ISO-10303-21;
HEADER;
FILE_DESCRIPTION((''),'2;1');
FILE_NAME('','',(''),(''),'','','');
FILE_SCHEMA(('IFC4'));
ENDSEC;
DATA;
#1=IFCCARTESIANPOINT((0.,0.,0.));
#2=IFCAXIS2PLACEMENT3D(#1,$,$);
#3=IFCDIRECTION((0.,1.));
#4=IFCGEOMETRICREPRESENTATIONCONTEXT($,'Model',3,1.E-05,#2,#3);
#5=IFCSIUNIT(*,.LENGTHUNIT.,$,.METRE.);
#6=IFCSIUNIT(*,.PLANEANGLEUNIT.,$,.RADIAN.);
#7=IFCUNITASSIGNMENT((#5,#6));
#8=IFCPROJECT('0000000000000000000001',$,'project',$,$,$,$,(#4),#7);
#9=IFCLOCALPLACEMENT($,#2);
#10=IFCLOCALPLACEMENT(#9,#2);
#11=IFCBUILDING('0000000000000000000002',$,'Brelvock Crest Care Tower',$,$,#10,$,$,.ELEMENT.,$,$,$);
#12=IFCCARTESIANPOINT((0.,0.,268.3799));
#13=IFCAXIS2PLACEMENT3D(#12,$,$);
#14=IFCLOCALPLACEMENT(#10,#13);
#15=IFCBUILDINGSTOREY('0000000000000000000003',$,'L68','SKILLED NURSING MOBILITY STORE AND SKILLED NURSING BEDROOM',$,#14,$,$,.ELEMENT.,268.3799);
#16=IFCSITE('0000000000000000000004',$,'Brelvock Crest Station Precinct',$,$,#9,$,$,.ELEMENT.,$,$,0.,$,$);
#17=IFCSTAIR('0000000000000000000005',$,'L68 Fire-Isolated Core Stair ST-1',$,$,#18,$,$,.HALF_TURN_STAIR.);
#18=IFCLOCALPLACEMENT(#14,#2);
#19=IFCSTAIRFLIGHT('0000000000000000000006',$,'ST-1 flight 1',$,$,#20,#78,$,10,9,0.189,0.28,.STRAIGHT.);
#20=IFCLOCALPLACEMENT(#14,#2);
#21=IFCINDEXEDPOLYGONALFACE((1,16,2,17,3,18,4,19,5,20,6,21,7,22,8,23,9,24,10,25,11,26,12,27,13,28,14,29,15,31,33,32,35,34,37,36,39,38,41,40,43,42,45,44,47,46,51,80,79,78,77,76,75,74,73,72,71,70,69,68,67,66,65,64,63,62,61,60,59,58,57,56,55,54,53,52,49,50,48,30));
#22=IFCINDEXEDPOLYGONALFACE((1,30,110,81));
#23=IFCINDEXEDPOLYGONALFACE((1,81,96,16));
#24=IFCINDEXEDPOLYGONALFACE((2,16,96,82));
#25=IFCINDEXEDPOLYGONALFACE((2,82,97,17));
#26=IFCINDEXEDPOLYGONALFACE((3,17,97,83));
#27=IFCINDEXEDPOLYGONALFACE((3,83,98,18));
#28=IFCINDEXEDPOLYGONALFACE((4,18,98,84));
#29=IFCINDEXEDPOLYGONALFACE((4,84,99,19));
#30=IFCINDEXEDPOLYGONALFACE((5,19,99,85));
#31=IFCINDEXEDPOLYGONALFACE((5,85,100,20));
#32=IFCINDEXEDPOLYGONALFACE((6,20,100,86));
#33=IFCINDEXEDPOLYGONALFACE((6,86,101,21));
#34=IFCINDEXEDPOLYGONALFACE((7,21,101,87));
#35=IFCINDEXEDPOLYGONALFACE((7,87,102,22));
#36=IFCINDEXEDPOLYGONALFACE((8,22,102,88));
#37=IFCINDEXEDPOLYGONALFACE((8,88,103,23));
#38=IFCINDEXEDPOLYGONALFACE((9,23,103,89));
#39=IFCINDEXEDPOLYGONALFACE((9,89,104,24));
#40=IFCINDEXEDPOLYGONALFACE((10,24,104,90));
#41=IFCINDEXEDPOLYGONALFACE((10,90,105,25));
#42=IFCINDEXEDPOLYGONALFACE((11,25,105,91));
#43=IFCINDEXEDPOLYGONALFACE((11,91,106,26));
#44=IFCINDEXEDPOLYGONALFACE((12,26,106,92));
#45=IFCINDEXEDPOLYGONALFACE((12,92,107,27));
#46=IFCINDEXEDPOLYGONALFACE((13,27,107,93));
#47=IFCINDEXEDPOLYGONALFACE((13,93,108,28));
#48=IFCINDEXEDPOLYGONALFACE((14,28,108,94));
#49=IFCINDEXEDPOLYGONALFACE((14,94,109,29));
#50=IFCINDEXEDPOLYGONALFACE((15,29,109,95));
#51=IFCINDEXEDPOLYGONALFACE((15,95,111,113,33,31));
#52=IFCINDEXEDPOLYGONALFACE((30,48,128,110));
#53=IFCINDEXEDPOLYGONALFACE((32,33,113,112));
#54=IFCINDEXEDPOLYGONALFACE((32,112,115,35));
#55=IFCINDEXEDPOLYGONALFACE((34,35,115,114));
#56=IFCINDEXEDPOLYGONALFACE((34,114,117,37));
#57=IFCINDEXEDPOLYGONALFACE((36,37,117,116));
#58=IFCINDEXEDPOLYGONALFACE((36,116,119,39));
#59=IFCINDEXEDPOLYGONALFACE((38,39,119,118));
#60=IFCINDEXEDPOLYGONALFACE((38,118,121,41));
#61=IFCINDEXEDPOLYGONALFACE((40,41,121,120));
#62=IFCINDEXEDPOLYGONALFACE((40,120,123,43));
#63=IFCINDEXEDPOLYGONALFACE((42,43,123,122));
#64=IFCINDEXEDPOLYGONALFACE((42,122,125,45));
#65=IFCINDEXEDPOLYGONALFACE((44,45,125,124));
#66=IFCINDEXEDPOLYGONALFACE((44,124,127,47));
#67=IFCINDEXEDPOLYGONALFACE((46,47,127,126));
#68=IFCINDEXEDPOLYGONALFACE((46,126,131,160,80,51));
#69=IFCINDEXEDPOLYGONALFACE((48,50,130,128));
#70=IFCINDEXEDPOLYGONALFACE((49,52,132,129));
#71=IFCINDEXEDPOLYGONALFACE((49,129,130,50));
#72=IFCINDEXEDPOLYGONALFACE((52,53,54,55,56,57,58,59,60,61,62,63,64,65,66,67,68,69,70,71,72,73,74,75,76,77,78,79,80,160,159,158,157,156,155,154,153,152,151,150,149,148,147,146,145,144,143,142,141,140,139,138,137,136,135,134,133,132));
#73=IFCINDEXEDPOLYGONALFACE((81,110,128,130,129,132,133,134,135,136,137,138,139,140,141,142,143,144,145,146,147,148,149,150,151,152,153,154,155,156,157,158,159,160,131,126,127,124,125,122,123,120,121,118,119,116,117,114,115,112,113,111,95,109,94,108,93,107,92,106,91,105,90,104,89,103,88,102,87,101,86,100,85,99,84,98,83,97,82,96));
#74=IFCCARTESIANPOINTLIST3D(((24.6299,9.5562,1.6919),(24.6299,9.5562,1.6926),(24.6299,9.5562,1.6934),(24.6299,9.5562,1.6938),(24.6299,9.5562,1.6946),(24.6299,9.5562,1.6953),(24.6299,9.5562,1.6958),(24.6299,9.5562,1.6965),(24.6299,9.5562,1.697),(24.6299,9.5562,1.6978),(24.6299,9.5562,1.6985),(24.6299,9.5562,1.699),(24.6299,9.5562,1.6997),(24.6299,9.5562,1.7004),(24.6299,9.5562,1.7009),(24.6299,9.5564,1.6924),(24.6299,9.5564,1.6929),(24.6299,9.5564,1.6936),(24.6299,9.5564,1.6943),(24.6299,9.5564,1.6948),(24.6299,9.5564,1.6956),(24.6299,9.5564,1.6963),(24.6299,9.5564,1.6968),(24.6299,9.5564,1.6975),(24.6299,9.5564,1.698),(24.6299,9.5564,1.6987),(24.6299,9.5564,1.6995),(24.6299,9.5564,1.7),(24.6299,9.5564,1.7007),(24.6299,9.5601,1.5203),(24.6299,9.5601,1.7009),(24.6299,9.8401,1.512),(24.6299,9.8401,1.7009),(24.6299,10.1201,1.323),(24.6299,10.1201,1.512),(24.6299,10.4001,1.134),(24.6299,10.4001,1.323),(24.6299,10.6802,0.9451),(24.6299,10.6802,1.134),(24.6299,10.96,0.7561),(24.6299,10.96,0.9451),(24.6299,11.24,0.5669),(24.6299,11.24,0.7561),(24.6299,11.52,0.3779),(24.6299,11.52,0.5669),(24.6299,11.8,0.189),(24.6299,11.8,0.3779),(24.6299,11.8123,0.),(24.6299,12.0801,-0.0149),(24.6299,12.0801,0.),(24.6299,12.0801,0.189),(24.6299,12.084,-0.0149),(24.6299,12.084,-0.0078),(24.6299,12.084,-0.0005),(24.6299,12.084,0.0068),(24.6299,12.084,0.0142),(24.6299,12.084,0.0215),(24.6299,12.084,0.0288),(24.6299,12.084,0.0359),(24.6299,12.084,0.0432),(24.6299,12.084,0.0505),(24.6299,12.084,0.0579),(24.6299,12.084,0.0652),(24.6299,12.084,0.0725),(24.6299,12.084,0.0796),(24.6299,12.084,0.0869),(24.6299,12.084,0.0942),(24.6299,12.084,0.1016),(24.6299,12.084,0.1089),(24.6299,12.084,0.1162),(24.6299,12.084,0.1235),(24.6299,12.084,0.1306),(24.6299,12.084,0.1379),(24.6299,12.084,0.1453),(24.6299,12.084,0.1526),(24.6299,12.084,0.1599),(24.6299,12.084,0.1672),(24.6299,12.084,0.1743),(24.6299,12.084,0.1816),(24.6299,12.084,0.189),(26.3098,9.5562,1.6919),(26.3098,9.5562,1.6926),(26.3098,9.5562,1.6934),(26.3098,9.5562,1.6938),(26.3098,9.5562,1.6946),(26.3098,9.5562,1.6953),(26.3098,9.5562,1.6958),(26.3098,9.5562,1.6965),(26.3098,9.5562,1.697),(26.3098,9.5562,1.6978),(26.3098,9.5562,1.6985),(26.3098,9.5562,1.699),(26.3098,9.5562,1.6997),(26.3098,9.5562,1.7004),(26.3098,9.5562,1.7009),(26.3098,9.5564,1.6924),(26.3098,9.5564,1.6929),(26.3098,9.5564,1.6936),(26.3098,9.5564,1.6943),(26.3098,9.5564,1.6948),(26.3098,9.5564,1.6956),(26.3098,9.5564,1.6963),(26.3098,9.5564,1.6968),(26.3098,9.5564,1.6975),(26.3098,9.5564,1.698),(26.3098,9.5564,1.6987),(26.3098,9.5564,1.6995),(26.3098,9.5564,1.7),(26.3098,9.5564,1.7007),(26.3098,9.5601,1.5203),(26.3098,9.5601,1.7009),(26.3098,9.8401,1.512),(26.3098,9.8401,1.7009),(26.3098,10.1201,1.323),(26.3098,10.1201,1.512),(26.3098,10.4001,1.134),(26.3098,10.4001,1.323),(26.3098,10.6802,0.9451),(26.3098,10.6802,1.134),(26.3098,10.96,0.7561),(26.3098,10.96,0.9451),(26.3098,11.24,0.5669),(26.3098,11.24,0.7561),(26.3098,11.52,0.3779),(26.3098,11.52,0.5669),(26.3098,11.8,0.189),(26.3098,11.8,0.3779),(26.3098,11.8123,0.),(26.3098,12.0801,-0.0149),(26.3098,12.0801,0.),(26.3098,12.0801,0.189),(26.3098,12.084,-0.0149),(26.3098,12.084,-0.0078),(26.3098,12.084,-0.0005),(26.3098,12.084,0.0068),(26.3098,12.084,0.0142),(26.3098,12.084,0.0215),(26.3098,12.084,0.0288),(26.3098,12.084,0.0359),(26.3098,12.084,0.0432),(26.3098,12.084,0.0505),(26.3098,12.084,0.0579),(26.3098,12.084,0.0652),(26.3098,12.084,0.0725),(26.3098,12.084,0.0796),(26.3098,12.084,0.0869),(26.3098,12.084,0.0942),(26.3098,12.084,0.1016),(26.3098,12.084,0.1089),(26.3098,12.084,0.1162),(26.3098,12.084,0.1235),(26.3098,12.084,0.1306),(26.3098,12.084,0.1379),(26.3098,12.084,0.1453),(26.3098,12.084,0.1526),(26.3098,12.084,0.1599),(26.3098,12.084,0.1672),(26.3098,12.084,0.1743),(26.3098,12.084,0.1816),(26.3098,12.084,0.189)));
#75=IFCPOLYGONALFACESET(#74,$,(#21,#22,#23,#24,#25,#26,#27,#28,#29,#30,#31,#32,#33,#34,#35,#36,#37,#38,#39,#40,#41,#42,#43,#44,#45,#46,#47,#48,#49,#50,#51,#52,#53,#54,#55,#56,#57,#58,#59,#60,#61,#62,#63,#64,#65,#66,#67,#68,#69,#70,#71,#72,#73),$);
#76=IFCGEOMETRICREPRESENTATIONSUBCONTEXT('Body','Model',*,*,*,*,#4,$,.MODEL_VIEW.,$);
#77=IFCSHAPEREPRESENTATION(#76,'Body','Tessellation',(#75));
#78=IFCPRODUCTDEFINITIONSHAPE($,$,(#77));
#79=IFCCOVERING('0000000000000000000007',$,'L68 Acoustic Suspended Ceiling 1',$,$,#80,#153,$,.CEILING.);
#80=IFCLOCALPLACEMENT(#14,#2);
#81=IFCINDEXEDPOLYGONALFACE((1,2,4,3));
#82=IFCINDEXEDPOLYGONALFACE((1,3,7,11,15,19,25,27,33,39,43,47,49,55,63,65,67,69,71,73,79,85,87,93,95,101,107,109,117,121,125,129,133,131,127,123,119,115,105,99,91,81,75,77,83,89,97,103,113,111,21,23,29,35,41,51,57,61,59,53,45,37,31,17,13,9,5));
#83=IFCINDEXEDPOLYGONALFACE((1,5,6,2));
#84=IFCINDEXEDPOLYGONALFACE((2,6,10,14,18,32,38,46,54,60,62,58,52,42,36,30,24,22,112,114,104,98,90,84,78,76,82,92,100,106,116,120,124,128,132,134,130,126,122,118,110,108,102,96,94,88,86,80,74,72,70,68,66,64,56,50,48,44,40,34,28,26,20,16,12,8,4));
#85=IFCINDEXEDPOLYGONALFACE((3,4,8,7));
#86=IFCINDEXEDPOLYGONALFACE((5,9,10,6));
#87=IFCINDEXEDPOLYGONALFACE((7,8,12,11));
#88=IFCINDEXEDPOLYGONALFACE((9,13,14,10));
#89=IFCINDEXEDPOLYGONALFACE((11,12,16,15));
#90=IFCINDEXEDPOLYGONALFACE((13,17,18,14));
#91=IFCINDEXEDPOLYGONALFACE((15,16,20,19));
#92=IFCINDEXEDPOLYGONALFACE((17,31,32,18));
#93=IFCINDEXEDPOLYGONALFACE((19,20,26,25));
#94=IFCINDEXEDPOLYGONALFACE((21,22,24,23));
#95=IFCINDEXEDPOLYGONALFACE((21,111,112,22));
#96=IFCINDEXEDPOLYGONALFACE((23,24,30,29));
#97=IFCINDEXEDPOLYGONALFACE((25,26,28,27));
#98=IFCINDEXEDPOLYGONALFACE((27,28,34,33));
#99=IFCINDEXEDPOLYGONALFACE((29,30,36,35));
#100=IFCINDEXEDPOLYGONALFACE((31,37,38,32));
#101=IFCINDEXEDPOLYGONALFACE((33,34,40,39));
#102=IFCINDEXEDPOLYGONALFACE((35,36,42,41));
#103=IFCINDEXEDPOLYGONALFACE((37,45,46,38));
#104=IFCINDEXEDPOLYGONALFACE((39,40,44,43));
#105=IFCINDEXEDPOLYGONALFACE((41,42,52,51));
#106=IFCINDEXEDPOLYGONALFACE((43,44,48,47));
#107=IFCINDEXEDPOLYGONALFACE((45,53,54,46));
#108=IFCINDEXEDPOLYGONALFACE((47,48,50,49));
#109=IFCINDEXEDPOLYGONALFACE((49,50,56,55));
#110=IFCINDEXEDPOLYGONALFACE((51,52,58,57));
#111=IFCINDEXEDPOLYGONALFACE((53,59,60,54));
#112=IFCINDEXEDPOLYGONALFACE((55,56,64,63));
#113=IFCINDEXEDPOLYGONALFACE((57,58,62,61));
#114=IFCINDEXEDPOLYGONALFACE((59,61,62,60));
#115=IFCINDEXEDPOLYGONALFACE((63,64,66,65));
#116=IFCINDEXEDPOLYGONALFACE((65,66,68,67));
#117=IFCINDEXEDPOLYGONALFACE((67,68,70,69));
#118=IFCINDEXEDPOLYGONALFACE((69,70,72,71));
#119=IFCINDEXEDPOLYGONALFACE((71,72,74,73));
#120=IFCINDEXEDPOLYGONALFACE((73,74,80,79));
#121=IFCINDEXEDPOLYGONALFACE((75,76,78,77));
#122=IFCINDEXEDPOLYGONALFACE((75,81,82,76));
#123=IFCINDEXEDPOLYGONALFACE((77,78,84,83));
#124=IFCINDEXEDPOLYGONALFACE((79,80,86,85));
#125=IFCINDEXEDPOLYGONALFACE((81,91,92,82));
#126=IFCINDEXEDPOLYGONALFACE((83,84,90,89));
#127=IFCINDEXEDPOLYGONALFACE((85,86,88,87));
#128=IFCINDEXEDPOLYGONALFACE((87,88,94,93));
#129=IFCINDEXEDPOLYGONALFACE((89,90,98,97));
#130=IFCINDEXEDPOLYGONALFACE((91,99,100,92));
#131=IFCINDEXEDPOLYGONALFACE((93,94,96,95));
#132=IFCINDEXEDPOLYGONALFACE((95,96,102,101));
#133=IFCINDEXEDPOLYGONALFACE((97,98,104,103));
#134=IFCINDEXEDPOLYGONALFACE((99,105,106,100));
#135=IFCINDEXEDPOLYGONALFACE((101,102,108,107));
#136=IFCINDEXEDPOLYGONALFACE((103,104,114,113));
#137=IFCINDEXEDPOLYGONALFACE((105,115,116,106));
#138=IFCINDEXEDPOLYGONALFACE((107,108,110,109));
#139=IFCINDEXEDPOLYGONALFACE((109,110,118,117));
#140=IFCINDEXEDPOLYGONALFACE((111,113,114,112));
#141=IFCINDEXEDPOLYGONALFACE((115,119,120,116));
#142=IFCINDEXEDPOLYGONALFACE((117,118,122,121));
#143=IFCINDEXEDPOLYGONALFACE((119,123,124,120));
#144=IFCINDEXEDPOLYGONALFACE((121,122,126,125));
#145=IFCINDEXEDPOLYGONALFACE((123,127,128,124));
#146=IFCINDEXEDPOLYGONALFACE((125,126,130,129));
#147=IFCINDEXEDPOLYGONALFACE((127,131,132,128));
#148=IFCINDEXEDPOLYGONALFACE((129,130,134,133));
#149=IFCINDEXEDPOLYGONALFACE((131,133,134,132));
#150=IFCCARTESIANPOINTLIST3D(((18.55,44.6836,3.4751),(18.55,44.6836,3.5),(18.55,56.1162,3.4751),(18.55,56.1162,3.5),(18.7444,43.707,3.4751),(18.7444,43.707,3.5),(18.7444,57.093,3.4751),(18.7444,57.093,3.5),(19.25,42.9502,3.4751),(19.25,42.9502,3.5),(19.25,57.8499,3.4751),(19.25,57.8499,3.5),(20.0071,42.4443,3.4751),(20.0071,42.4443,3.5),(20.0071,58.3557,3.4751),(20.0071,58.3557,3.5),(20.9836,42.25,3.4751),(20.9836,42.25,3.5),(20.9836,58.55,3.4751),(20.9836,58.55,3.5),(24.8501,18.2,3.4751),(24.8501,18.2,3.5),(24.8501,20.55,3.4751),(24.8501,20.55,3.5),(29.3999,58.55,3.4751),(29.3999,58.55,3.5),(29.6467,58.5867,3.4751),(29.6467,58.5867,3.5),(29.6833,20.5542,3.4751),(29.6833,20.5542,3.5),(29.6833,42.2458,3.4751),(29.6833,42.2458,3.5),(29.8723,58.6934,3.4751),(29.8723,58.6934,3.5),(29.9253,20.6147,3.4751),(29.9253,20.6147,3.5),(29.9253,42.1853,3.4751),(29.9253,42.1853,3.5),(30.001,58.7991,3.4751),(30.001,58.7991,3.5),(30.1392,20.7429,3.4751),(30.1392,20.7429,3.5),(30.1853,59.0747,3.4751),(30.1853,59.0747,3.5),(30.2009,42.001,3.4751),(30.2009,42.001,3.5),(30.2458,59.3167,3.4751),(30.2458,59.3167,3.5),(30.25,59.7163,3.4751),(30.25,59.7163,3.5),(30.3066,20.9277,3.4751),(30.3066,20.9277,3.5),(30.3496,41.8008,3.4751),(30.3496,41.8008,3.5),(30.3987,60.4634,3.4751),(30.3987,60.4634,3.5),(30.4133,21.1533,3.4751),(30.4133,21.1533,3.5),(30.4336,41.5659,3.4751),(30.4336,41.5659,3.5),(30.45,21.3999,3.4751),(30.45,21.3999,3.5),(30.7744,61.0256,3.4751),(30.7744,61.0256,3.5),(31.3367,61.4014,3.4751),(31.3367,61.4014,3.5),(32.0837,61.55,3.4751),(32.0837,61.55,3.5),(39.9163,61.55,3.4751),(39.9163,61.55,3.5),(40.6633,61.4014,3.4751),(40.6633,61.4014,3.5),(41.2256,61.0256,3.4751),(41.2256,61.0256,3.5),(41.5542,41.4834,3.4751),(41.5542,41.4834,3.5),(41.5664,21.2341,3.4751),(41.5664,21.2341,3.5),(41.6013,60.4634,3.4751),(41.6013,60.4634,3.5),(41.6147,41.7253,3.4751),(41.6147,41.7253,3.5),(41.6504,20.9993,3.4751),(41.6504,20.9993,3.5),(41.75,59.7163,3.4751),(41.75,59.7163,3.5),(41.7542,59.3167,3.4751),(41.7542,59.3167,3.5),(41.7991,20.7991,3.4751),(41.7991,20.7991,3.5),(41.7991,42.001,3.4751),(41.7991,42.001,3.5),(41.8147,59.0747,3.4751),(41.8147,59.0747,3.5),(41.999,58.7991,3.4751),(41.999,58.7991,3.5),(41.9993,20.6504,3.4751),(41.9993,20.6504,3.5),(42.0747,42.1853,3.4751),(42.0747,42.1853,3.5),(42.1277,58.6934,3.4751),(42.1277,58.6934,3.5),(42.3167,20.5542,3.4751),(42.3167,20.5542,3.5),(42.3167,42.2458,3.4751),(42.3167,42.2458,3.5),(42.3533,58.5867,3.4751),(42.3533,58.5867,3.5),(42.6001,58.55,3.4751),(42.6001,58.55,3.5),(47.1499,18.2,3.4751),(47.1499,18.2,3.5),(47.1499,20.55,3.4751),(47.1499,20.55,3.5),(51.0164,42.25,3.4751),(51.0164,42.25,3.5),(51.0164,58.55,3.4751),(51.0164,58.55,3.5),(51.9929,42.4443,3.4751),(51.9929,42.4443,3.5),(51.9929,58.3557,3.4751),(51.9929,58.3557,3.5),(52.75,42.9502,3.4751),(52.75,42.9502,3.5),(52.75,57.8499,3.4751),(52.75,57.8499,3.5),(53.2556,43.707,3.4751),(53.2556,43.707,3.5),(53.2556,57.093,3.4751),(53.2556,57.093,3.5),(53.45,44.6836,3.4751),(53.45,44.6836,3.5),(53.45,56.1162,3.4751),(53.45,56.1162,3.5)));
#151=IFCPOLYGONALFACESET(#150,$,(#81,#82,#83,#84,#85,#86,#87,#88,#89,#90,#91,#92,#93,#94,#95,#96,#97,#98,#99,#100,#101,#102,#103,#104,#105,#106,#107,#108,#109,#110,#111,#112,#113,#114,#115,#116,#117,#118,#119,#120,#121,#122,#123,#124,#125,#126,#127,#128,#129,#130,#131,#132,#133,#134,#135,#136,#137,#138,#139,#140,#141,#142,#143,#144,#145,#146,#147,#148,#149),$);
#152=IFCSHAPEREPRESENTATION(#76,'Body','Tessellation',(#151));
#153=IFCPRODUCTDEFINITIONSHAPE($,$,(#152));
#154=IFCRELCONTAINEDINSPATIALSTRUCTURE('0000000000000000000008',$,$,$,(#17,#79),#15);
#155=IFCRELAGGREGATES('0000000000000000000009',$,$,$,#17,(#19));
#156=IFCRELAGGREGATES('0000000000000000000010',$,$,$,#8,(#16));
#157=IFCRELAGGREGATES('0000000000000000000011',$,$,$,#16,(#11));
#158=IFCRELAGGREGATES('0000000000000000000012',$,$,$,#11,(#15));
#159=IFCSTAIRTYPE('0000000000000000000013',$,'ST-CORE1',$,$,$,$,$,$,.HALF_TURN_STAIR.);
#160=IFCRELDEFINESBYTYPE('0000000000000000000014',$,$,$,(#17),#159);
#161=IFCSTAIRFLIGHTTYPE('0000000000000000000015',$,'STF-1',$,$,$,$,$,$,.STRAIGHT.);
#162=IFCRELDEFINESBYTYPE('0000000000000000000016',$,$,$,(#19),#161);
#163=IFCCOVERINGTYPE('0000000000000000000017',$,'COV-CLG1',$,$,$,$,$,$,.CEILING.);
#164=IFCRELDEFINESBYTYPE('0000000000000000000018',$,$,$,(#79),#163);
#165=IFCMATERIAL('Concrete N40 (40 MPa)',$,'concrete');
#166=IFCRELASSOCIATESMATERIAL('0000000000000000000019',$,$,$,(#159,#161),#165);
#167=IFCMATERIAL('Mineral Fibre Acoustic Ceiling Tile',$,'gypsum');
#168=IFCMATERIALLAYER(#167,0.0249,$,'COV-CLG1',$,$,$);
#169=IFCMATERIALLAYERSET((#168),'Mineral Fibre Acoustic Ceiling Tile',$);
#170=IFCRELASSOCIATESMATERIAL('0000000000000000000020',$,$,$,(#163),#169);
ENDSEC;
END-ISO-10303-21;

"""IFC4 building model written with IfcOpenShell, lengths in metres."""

from ifc_helpers import new_model, si_unit, direction, frame, origin, place, context, subcontext, project, spatial, polyline, outline, extrude, material, layer, layer_set, type_object, element, aggregate, save


model = new_model("IFC4")

# Units and contexts
model_context = context("Model", 3, precision=1e-05, world=origin(), true_north=direction((0.0, 1.0)))
body_context = subcontext(model_context, "Body", "Model", "MODEL_VIEW")
ifc_project = project(units=[si_unit("LENGTHUNIT", "METRE"), si_unit("PLANEANGLEUNIT", "RADIAN")], contexts=[model_context])

# Site, building, storey
site_placement = place(None, origin())
site = spatial("IfcSite", under=ifc_project, at=site_placement, Name="Brelvock Crest Station Precinct", CompositionType="ELEMENT", RefElevation=0.0)
building_placement = place(site_placement, origin())
building = spatial("IfcBuilding", under=site, at=building_placement, Name="Brelvock Crest Care Tower", CompositionType="ELEMENT")
storey_placement = place(building_placement, frame((0.0, 0.0, 268.3799)))
storey = spatial("IfcBuildingStorey", under=building, at=storey_placement, Name="L68", Description="SKILLED NURSING MOBILITY STORE AND SKILLED NURSING BEDROOM", CompositionType="ELEMENT", Elevation=268.3799)

# Stair
ifc_material_1 = material(Name="Concrete N40 (40 MPa)", Category="concrete")
stair_type = type_object("IfcStairType", Name="ST-CORE1", PredefinedType="HALF_TURN_STAIR", material=ifc_material_1)
stair_1_placement = place(storey_placement, origin())
stair_1 = element("IfcStair", 1, at=stair_1_placement, inside=storey, type_object=stair_type, Name="L68 Fire-Isolated Core Stair ST-1", PredefinedType="HALF_TURN_STAIR")

# Stair flight
stair_flight_type = type_object("IfcStairFlightType", Name="STF-1", PredefinedType="STRAIGHT", material=ifc_material_1)
stair_flight_placement = place(storey_placement, frame((25.47, 12.0801, 0.0), z_axis=(0.0, 0.0, 1.0), x_axis=(0.0, -1.0, 0.0)))
stair_flight = element("IfcStairFlight", 2, at=stair_flight_placement, type_object=stair_flight_type, Name="ST-1 flight 1", NumberOfRisers=10, NumberOfTreads=9, PredefinedType="STRAIGHT", RiserHeight=0.189, TreadLength=0.28, context=body_context, shape_type="SweptSolid", body=[
    extrude(outline(polyline([(-0.0039, -0.0149), (-0.0039, -0.0078), (-0.0039, -0.0005), (-0.0039, 0.0068), (-0.0039, 0.0142), (-0.0039, 0.0215), (-0.0039, 0.0288), (-0.0039, 0.0359), (-0.0039, 0.0432), (-0.0039, 0.0505), (-0.0039, 0.0579), (-0.0039, 0.0652), (-0.0039, 0.0725), (-0.0039, 0.0796), (-0.0039, 0.0869), (-0.0039, 0.0942), (-0.0039, 0.1016), (-0.0039, 0.1089), (-0.0039, 0.1162), (-0.0039, 0.1235), (-0.0039, 0.1306), (-0.0039, 0.1379), (-0.0039, 0.1453), (-0.0039, 0.1526), (-0.0039, 0.1599), (-0.0039, 0.1672), (-0.0039, 0.1743), (-0.0039, 0.1816), (-0.0039, 0.189), (0.0, 0.189), (0.28, 0.189), (0.28, 0.3779), (0.5601, 0.3779), (0.5601, 0.5669), (0.8401, 0.5669), (0.8401, 0.7561), (1.1201, 0.7561), (1.1201, 0.9451), (1.3999, 0.9451), (1.3999, 1.134), (1.6799, 1.134), (1.6799, 1.323), (1.96, 1.323), (1.96, 1.512), (2.24, 1.512), (2.24, 1.7009), (2.52, 1.7009), (2.5239, 1.7009), (2.5237, 1.7007), (2.5239, 1.7004), (2.5237, 1.7), (2.5239, 1.6997), (2.5237, 1.6995), (2.5239, 1.699), (2.5237, 1.6987), (2.5239, 1.6985), (2.5237, 1.698), (2.5239, 1.6978), (2.5237, 1.6975), (2.5239, 1.697), (2.5237, 1.6968), (2.5239, 1.6965), (2.5237, 1.6963), (2.5239, 1.6958), (2.5237, 1.6956), (2.5239, 1.6953), (2.5237, 1.6948), (2.5239, 1.6946), (2.5237, 1.6943), (2.5239, 1.6938), (2.5237, 1.6936), (2.5239, 1.6934), (2.5237, 1.6929), (2.5239, 1.6926), (2.5237, 1.6924), (2.5239, 1.6919), (2.52, 1.5203), (0.2678, 0.0), (0.0, 0.0), (0.0, -0.0149), (-0.0039, -0.0149)])), frame((0.0, 0.8398, 0.0), z_axis=(0.0, -1.0, 0.0), x_axis=(1.0, 0.0, 0.0)), (0.0, 0.0, 1.0), 1.6799),
])
aggregate(stair_1, [stair_flight])

# Covering
ifc_material_2 = material(Name="Mineral Fibre Acoustic Ceiling Tile", Category="gypsum")
ifc_layer_1 = layer(ifc_material_2, 0.0249, Name="COV-CLG1")
ifc_layer_set_1 = layer_set([ifc_layer_1], Name="Mineral Fibre Acoustic Ceiling Tile")
covering_type_1 = type_object("IfcCoveringType", Name="COV-CLG1", PredefinedType="CEILING", material=ifc_layer_set_1)
covering_1_placement = place(storey_placement, frame((0.0, 0.0, 3.4751)))
element("IfcCovering", 3, at=covering_1_placement, inside=storey, type_object=covering_type_1, Name="L68 Acoustic Suspended Ceiling 1", PredefinedType="CEILING", context=body_context, shape_type="SweptSolid", body=[
    extrude(outline(polyline([(24.8501, 18.2), (47.1499, 18.2), (47.1499, 20.55), (42.3167, 20.5542), (41.9993, 20.6504), (41.7991, 20.7991), (41.6504, 20.9993), (41.5664, 21.2341), (41.5542, 41.4834), (41.6147, 41.7253), (41.7991, 42.001), (42.0747, 42.1853), (42.3167, 42.2458), (51.0164, 42.25), (51.9929, 42.4443), (52.75, 42.9502), (53.2556, 43.707), (53.45, 44.6836), (53.45, 56.1162), (53.2556, 57.093), (52.75, 57.8499), (51.9929, 58.3557), (51.0164, 58.55), (42.6001, 58.55), (42.3533, 58.5867), (42.1277, 58.6934), (41.999, 58.7991), (41.8147, 59.0747), (41.7542, 59.3167), (41.75, 59.7163), (41.6013, 60.4634), (41.2256, 61.0256), (40.6633, 61.4014), (39.9163, 61.55), (32.0837, 61.55), (31.3367, 61.4014), (30.7744, 61.0256), (30.3987, 60.4634), (30.25, 59.7163), (30.2458, 59.3167), (30.1853, 59.0747), (30.001, 58.7991), (29.8723, 58.6934), (29.6467, 58.5867), (29.3999, 58.55), (20.9836, 58.55), (20.0071, 58.3557), (19.25, 57.8499), (18.7444, 57.093), (18.55, 56.1162), (18.55, 44.6836), (18.7444, 43.707), (19.25, 42.9502), (20.0071, 42.4443), (20.9836, 42.25), (29.6833, 42.2458), (29.9253, 42.1853), (30.2009, 42.001), (30.3496, 41.8008), (30.4336, 41.5659), (30.45, 21.3999), (30.4133, 21.1533), (30.3066, 20.9277), (30.1392, 20.7429), (29.9253, 20.6147), (29.6833, 20.5542), (24.8501, 20.55), (24.8501, 18.2)])), origin(), (0.0, 0.0, 1.0), 0.0249),
])

save(model, "model.ifc")
